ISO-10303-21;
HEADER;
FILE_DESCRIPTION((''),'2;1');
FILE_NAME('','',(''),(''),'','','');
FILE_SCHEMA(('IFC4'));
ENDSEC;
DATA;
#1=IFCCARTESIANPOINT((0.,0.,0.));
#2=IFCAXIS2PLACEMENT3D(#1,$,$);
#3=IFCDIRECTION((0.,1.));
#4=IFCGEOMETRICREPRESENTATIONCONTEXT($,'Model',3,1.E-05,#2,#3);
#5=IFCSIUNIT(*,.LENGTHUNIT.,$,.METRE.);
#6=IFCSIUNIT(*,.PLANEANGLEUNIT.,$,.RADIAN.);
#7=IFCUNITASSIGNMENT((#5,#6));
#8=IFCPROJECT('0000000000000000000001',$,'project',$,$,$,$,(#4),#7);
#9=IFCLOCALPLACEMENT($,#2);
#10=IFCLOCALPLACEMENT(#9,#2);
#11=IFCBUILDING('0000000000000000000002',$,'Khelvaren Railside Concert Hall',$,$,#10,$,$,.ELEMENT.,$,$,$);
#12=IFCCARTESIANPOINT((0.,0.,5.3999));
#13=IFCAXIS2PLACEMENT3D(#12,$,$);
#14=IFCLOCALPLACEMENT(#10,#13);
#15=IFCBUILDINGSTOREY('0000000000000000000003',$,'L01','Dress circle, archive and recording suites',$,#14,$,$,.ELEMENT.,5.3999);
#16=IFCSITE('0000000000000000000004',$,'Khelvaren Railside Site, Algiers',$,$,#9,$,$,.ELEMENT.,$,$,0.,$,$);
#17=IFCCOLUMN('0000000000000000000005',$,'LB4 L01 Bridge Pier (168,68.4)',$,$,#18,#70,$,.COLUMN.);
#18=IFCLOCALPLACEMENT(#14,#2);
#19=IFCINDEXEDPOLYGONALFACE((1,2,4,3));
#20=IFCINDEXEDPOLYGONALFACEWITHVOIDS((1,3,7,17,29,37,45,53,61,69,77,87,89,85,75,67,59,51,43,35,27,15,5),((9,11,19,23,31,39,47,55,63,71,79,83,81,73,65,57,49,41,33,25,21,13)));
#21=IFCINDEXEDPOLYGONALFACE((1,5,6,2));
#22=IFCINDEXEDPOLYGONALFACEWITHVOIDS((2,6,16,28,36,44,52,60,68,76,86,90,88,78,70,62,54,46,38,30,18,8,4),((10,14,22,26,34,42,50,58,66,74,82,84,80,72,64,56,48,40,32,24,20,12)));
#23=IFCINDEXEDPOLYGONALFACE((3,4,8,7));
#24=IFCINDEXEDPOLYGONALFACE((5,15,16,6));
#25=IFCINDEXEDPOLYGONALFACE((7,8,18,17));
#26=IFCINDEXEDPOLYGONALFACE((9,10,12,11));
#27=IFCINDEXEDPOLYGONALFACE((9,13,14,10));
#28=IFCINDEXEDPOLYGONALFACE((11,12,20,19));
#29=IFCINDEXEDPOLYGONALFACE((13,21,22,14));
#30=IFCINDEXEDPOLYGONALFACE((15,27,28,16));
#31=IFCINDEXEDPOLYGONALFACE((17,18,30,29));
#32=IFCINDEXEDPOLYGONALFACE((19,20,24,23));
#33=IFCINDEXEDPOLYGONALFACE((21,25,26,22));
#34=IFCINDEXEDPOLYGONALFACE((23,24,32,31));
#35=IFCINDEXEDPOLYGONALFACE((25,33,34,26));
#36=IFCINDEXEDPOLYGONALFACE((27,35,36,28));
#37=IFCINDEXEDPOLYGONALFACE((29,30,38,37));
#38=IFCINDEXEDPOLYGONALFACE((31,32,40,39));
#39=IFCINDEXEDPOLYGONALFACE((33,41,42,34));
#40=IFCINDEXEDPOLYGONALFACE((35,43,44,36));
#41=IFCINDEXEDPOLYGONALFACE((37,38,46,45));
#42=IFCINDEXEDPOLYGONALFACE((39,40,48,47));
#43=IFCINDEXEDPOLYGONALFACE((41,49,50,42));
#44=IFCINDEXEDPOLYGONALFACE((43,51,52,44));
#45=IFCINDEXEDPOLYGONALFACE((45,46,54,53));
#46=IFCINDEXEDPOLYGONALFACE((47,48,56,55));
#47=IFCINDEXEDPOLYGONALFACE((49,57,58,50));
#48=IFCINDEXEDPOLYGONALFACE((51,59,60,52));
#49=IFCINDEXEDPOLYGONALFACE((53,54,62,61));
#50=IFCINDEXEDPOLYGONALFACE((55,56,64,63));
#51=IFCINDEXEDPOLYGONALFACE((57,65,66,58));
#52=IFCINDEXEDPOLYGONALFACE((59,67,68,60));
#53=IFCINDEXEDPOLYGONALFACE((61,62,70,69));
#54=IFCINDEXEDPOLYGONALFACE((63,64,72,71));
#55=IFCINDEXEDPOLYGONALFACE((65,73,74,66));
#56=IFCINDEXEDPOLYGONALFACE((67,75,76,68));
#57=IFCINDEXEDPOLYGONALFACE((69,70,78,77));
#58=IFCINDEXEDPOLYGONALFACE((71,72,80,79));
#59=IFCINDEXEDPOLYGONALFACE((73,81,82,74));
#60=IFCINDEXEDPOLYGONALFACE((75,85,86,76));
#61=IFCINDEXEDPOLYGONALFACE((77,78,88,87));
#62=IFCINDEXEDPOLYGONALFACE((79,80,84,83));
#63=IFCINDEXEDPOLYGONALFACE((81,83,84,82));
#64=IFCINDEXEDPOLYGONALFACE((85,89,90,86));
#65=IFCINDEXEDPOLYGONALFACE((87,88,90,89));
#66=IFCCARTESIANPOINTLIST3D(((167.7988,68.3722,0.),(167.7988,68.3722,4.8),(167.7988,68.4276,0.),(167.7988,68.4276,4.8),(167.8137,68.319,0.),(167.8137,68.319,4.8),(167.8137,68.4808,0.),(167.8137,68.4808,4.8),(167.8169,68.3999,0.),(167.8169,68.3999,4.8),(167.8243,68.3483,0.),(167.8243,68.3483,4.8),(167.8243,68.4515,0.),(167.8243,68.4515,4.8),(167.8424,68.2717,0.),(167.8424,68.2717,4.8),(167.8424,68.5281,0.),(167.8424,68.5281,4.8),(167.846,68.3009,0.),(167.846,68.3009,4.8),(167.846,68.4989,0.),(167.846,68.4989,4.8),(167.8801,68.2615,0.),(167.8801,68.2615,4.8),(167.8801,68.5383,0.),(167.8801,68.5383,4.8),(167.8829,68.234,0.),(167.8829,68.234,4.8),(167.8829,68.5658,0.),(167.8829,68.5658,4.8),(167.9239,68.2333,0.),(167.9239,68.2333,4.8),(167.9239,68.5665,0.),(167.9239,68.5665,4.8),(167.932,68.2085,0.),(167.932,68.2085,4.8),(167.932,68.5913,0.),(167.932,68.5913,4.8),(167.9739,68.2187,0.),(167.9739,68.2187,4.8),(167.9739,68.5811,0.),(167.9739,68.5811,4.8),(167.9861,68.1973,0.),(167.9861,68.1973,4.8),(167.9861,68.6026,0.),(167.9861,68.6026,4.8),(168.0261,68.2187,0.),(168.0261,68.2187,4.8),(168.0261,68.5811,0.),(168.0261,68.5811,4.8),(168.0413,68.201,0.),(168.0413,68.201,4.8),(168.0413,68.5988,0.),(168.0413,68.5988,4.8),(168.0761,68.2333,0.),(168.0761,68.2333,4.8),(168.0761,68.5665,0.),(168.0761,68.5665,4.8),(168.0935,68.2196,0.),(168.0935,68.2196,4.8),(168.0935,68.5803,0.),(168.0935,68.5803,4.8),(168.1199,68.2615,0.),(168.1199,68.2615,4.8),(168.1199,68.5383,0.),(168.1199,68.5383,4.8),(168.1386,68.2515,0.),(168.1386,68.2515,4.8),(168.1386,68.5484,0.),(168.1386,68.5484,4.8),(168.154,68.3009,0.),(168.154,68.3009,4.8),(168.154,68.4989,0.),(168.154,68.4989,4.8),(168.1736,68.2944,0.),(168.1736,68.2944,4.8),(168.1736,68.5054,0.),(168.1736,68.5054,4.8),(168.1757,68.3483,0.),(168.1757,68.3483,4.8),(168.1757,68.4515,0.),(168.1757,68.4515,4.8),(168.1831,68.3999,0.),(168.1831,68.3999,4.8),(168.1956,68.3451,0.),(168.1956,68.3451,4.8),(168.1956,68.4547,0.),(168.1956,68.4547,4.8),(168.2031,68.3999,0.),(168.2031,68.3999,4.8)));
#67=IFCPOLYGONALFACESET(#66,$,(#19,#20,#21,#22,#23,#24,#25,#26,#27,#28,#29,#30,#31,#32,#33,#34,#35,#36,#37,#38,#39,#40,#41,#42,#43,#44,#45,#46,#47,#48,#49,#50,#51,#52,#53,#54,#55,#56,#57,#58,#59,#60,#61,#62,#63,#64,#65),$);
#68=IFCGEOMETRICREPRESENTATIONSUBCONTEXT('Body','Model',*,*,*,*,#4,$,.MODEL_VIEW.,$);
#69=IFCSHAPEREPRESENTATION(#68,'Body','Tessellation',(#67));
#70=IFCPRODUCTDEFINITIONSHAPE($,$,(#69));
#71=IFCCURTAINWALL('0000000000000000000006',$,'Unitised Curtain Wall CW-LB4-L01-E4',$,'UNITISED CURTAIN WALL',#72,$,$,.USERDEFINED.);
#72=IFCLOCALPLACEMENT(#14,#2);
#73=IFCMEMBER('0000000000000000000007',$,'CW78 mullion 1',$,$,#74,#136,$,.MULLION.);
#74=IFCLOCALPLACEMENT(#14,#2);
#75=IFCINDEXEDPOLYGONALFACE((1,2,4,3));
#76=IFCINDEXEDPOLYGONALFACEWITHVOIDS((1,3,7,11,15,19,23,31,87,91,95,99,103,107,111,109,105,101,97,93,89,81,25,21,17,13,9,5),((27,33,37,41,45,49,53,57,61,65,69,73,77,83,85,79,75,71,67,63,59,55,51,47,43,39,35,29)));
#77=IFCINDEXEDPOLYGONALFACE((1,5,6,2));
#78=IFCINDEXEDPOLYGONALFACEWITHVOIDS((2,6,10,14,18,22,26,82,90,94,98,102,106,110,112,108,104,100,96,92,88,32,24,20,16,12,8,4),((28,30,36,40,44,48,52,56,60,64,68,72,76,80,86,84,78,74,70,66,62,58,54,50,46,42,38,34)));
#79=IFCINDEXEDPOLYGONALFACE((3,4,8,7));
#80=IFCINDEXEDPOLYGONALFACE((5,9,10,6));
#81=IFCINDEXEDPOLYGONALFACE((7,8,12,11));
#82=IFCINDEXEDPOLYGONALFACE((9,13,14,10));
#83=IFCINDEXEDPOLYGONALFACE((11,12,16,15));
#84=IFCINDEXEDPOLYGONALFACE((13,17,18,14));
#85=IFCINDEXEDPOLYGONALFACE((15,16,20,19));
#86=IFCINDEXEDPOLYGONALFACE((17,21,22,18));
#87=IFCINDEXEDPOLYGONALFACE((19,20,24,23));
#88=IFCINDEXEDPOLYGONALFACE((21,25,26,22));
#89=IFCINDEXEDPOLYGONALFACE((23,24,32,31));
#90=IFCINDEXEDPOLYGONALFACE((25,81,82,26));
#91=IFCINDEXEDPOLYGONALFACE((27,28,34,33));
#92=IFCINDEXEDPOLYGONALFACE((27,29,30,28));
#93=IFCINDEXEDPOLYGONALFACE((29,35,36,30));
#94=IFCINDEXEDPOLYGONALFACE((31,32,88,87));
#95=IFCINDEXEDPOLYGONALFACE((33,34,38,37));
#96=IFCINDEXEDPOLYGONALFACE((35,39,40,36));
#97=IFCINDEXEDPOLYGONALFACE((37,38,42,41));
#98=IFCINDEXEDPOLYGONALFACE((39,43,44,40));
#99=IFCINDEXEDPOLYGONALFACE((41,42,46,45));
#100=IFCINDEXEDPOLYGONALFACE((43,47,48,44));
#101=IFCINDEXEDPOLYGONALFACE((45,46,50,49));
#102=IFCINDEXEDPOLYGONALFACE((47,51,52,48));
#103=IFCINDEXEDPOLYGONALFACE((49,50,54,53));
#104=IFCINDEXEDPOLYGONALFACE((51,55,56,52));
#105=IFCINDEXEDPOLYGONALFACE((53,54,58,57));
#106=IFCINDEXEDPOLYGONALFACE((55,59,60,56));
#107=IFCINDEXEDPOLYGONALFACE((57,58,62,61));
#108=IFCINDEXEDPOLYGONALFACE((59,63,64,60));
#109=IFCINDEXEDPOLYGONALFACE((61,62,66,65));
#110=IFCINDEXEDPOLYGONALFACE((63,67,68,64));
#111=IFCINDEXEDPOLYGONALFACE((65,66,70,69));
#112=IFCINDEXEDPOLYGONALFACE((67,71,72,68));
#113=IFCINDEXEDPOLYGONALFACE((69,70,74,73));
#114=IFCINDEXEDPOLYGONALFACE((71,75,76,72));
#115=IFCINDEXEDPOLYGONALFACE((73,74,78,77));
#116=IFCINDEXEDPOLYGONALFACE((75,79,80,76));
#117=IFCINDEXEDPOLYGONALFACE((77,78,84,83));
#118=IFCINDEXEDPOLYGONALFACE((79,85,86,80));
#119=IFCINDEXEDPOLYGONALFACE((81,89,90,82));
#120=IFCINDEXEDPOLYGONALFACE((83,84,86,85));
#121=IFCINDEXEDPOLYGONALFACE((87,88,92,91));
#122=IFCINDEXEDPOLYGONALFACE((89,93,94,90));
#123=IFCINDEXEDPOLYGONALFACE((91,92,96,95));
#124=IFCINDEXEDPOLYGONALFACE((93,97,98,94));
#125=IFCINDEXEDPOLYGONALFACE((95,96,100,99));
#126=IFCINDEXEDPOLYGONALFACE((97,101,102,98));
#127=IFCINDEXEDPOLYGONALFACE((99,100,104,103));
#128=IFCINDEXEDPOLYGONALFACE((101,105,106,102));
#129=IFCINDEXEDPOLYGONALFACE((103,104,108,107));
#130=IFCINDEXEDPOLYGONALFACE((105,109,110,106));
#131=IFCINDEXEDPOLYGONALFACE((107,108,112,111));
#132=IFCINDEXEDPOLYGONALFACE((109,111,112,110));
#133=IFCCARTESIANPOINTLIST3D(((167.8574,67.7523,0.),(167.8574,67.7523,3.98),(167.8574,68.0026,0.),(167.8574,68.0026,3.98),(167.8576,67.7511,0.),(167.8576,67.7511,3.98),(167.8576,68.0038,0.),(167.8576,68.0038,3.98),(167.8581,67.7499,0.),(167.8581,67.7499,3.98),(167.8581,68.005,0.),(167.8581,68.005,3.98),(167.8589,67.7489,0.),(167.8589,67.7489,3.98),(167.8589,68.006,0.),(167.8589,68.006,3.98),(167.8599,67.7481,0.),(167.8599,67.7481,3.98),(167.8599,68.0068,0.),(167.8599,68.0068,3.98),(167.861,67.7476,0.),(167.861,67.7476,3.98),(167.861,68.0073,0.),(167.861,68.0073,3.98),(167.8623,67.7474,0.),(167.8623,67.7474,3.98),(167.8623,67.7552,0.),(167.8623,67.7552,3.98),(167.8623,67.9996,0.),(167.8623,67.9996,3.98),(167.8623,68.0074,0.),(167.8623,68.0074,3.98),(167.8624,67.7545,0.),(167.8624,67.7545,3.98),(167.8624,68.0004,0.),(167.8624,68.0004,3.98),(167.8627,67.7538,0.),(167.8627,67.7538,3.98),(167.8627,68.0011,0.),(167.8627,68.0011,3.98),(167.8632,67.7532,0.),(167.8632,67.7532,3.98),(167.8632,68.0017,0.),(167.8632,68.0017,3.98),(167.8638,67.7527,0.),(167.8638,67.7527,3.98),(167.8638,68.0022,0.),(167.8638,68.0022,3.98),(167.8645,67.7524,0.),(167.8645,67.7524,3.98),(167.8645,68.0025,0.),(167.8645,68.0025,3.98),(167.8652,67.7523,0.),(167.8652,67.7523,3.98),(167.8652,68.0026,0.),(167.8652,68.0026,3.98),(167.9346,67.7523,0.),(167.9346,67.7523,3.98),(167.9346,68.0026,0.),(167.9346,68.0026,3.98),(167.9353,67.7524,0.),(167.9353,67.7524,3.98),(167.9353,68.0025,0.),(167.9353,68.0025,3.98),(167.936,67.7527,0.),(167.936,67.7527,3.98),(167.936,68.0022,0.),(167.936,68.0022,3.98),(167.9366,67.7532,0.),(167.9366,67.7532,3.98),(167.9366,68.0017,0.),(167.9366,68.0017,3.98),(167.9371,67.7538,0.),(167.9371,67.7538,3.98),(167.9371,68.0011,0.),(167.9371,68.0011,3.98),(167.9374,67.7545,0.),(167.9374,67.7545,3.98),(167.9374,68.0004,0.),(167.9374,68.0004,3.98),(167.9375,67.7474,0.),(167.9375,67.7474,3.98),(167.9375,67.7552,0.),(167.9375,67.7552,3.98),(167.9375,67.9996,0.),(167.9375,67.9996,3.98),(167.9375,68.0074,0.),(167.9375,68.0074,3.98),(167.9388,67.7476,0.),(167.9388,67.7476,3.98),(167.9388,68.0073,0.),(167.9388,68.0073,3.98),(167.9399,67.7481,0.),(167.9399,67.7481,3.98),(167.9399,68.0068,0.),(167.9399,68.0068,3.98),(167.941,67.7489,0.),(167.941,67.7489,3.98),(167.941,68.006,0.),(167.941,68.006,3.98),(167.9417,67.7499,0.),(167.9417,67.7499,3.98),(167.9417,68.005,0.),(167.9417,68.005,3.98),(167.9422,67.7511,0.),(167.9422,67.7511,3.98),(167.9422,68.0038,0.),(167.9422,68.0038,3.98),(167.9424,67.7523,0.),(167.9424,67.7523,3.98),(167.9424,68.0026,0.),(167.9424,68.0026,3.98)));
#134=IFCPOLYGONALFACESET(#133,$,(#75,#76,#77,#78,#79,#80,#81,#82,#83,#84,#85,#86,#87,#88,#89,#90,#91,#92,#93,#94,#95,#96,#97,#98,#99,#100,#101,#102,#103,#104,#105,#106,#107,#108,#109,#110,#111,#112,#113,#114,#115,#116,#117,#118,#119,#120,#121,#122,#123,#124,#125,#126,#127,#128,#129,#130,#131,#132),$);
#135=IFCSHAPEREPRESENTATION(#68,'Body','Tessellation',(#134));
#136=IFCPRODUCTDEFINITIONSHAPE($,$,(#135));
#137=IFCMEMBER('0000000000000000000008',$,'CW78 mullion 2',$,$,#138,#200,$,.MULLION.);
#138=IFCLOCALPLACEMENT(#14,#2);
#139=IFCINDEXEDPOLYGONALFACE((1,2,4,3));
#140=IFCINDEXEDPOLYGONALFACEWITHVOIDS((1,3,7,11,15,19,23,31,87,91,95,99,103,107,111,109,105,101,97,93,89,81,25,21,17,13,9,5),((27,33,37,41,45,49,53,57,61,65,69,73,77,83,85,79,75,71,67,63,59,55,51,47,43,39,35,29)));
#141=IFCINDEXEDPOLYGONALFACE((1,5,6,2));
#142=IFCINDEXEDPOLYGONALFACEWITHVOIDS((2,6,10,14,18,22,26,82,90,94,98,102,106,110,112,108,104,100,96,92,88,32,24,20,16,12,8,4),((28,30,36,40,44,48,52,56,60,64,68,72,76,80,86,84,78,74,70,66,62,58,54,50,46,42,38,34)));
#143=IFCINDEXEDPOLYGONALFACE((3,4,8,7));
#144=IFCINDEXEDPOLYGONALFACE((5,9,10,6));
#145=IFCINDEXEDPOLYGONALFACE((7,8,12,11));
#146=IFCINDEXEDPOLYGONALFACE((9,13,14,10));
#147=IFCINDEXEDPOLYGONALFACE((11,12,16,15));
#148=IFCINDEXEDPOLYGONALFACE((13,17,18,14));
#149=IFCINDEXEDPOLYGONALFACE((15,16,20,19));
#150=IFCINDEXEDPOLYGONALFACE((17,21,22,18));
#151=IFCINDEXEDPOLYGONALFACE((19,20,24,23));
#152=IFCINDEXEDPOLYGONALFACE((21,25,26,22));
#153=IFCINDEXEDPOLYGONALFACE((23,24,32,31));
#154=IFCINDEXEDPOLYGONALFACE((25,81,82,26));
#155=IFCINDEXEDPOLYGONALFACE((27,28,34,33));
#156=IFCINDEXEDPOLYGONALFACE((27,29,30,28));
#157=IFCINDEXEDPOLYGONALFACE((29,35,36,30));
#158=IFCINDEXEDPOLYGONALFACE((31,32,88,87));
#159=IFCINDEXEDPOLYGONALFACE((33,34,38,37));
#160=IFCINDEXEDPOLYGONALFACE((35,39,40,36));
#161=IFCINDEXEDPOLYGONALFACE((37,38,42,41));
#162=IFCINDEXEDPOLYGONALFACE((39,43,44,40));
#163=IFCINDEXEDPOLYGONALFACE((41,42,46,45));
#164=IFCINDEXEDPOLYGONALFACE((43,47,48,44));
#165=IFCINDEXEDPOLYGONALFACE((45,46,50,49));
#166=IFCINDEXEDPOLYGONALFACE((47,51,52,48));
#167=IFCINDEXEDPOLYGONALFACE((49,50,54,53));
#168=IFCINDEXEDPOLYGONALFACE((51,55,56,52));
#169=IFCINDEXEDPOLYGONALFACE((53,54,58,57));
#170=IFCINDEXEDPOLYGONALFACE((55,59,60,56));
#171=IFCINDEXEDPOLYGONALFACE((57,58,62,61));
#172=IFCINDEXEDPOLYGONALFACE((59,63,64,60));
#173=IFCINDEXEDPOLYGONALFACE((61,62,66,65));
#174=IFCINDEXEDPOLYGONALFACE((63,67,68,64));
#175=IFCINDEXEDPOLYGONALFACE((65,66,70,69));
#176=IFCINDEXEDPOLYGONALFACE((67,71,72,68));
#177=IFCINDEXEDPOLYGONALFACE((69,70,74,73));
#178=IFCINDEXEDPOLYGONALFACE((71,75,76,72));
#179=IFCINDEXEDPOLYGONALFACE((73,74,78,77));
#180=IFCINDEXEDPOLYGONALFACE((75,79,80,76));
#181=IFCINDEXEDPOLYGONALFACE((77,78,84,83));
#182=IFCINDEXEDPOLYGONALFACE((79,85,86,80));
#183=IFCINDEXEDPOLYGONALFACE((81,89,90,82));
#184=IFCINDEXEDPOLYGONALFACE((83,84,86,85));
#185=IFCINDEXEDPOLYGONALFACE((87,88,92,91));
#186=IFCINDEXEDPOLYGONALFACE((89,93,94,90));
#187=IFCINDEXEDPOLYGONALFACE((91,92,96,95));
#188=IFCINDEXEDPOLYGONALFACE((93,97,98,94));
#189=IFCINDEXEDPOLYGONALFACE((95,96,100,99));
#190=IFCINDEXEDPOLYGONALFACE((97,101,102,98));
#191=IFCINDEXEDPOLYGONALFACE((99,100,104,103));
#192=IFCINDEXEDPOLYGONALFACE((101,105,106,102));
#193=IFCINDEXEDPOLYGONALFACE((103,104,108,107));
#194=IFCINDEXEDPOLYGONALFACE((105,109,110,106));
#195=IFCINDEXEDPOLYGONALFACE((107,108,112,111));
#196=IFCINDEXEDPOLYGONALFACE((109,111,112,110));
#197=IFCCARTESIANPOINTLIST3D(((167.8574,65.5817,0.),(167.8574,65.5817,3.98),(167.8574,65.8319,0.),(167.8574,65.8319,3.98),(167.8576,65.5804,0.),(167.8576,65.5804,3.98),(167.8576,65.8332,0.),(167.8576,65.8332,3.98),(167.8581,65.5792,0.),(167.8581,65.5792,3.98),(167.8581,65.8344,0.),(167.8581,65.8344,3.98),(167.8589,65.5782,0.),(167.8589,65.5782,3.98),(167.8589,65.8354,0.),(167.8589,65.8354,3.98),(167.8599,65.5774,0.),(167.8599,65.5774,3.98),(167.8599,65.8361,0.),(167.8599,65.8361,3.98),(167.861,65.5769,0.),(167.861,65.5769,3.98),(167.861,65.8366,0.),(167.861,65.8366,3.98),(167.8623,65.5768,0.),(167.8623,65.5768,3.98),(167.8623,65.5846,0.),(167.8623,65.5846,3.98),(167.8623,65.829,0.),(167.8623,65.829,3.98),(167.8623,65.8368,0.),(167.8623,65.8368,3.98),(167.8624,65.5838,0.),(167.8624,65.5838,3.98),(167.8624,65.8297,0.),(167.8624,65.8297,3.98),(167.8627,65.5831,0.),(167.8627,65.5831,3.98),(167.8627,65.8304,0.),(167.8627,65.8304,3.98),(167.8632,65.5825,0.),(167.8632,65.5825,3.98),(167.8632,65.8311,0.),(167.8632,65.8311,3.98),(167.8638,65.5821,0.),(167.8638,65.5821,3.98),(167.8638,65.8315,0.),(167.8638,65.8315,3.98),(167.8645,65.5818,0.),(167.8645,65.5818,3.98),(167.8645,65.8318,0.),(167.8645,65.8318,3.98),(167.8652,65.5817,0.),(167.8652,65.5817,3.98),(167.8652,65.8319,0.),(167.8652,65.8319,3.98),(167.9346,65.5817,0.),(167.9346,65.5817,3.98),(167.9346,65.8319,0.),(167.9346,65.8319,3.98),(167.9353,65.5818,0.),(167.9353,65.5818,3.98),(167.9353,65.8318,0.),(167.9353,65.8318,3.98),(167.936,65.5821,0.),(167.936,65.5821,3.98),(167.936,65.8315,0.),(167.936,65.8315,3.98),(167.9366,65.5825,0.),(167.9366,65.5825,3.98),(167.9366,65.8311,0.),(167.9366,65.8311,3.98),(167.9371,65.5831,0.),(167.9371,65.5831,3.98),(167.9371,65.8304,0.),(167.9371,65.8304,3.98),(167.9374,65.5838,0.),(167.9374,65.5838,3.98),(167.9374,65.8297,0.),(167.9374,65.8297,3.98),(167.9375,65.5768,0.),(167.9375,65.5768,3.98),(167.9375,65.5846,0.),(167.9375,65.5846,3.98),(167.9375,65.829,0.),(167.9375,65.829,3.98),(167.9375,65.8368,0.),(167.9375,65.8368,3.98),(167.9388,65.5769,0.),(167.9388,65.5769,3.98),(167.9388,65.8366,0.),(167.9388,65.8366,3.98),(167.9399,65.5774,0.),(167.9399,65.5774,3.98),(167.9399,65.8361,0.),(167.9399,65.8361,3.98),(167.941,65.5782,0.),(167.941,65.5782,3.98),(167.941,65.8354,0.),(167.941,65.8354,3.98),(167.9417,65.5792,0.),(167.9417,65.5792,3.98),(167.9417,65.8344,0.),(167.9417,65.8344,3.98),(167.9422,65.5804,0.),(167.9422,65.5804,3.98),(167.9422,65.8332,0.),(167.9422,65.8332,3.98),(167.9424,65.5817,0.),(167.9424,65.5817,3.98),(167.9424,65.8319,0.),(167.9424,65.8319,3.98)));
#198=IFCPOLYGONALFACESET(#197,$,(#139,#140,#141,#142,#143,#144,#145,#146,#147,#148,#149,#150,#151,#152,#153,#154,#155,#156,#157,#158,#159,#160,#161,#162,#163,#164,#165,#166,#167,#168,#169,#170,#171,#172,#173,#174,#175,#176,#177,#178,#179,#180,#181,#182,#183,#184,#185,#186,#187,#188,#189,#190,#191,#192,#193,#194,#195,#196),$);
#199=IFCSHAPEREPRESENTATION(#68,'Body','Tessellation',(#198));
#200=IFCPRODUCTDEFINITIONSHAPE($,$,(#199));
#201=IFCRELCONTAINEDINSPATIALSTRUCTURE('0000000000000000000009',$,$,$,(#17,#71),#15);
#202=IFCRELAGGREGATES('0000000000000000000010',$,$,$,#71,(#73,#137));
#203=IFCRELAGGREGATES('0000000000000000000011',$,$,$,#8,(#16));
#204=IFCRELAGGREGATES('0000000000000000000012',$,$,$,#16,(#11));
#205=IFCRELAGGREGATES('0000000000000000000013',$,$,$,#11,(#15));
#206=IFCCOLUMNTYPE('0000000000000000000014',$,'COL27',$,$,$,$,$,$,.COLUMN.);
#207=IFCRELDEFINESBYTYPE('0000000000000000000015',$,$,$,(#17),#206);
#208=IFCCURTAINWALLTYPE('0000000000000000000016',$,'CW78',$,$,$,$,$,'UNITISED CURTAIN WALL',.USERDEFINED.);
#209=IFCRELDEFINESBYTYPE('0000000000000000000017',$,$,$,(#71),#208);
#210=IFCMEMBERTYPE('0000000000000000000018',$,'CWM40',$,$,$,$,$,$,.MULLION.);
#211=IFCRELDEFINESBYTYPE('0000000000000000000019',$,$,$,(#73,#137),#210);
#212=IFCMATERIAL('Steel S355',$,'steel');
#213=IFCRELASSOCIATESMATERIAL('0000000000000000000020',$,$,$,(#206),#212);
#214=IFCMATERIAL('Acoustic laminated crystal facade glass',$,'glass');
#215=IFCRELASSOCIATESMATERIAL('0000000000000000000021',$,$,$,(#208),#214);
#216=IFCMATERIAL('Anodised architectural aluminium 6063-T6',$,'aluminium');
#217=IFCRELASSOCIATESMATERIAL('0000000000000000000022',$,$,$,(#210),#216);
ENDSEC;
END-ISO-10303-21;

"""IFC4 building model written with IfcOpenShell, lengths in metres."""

from ifc_helpers import new_model, si_unit, direction, frame, origin, origin_2d, place, context, subcontext, project, spatial, hollow_rectangle, hollow_circle, extrude, material, material_profile, profile_set, type_object, element, aggregate, save


model = new_model("IFC4")

# Units and contexts
model_context = context("Model", 3, precision=1e-05, world=origin(), true_north=direction((0.0, 1.0)))
body_context = subcontext(model_context, "Body", "Model", "MODEL_VIEW")
ifc_project = project(units=[si_unit("LENGTHUNIT", "METRE"), si_unit("PLANEANGLEUNIT", "RADIAN")], contexts=[model_context])

# Site, building, storey
site_placement = place(None, origin())
site = spatial("IfcSite", under=ifc_project, at=site_placement, Name="Khelvaren Railside Site, Algiers", CompositionType="ELEMENT", RefElevation=0.0)
building_placement = place(site_placement, origin())
building = spatial("IfcBuilding", under=site, at=building_placement, Name="Khelvaren Railside Concert Hall", CompositionType="ELEMENT")
storey_placement = place(building_placement, frame((0.0, 0.0, 5.3999)))
storey = spatial("IfcBuildingStorey", under=building, at=storey_placement, Name="L01", Description="Dress circle, archive and recording suites", CompositionType="ELEMENT", Elevation=5.3999)

# Column
ifc_material_1 = material(Name="Steel S355", Category="steel")
ifc_material_profile_1 = material_profile(ifc_material_1, hollow_circle(Radius=0.2031, WallThickness=0.02, at=origin_2d()), Name="CHS 406.4x20")
ifc_profile_set_1 = profile_set([ifc_material_profile_1], Name="Steel S355")
column_type = type_object("IfcColumnType", Name="COL27", PredefinedType="COLUMN", material=ifc_profile_set_1)
column_placement = place(storey_placement, frame((168.0, 68.3999, 0.0), z_axis=(0.0, 0.0, 1.0), x_axis=(1.0, 0.0, 0.0)))
element("IfcColumn", 1, at=column_placement, inside=storey, type_object=column_type, Name="LB4 L01 Bridge Pier (168,68.4)", PredefinedType="COLUMN", context=body_context, shape_type="SweptSolid", body=[
    extrude(hollow_circle(Radius=0.2031, WallThickness=0.02, at=origin_2d()), origin(), (0.0, 0.0, 1.0), 4.8),
])

# Curtain wall, members
ifc_material_2 = material(Name="Acoustic laminated crystal facade glass", Category="glass")
curtain_wall_type = type_object("IfcCurtainWallType", Name="CW78", ElementType="UNITISED CURTAIN WALL", PredefinedType="USERDEFINED", material=ifc_material_2)
curtain_wall_1_placement = place(storey_placement, origin())
curtain_wall_1 = element("IfcCurtainWall", 2, at=curtain_wall_1_placement, inside=storey, type_object=curtain_wall_type, Name="Unitised Curtain Wall CW-LB4-L01-E4", ObjectType="UNITISED CURTAIN WALL", PredefinedType="USERDEFINED")
ifc_material_3 = material(Name="Anodised architectural aluminium 6063-T6", Category="aluminium")
ifc_material_profile_2 = material_profile(ifc_material_3, hollow_rectangle(XDim=0.085, YDim=0.26, WallThickness=0.0049, InnerFilletRadius=0.0029, OuterFilletRadius=0.0049, at=origin_2d()), Name="CWM 85x260x5")
ifc_profile_set_2 = profile_set([ifc_material_profile_2], Name="Anodised architectural aluminium 6063-T6")
member_type_1 = type_object("IfcMemberType", Name="CWM40", PredefinedType="MULLION", material=ifc_profile_set_2)
member_1_placement = place(storey_placement, frame((167.8999, 67.8774, 0.0), z_axis=(0.0, 0.0, 1.0), x_axis=(1.0, 0.0, 0.0)))
member_1 = element("IfcMember", 3, at=member_1_placement, type_object=member_type_1, Name="CW78 mullion 1", PredefinedType="MULLION", context=body_context, shape_type="SweptSolid", body=[
    extrude(hollow_rectangle(XDim=0.085, YDim=0.26, WallThickness=0.0049, InnerFilletRadius=0.0029, OuterFilletRadius=0.0049, at=origin_2d()), origin(), (0.0, 0.0, 1.0), 3.98),
])
member_2_placement = place(storey_placement, frame((167.8999, 65.7068, 0.0), z_axis=(0.0, 0.0, 1.0), x_axis=(1.0, 0.0, 0.0)))
member_2 = element("IfcMember", 4, at=member_2_placement, type_object=member_type_1, Name="CW78 mullion 2", PredefinedType="MULLION", context=body_context, shape_type="SweptSolid", body=[
    extrude(hollow_rectangle(XDim=0.085, YDim=0.26, WallThickness=0.0049, InnerFilletRadius=0.0029, OuterFilletRadius=0.0049, at=origin_2d()), origin(), (0.0, 0.0, 1.0), 3.98),
])

aggregate(curtain_wall_1, [member_1, member_2])

save(model, "model.ifc")
